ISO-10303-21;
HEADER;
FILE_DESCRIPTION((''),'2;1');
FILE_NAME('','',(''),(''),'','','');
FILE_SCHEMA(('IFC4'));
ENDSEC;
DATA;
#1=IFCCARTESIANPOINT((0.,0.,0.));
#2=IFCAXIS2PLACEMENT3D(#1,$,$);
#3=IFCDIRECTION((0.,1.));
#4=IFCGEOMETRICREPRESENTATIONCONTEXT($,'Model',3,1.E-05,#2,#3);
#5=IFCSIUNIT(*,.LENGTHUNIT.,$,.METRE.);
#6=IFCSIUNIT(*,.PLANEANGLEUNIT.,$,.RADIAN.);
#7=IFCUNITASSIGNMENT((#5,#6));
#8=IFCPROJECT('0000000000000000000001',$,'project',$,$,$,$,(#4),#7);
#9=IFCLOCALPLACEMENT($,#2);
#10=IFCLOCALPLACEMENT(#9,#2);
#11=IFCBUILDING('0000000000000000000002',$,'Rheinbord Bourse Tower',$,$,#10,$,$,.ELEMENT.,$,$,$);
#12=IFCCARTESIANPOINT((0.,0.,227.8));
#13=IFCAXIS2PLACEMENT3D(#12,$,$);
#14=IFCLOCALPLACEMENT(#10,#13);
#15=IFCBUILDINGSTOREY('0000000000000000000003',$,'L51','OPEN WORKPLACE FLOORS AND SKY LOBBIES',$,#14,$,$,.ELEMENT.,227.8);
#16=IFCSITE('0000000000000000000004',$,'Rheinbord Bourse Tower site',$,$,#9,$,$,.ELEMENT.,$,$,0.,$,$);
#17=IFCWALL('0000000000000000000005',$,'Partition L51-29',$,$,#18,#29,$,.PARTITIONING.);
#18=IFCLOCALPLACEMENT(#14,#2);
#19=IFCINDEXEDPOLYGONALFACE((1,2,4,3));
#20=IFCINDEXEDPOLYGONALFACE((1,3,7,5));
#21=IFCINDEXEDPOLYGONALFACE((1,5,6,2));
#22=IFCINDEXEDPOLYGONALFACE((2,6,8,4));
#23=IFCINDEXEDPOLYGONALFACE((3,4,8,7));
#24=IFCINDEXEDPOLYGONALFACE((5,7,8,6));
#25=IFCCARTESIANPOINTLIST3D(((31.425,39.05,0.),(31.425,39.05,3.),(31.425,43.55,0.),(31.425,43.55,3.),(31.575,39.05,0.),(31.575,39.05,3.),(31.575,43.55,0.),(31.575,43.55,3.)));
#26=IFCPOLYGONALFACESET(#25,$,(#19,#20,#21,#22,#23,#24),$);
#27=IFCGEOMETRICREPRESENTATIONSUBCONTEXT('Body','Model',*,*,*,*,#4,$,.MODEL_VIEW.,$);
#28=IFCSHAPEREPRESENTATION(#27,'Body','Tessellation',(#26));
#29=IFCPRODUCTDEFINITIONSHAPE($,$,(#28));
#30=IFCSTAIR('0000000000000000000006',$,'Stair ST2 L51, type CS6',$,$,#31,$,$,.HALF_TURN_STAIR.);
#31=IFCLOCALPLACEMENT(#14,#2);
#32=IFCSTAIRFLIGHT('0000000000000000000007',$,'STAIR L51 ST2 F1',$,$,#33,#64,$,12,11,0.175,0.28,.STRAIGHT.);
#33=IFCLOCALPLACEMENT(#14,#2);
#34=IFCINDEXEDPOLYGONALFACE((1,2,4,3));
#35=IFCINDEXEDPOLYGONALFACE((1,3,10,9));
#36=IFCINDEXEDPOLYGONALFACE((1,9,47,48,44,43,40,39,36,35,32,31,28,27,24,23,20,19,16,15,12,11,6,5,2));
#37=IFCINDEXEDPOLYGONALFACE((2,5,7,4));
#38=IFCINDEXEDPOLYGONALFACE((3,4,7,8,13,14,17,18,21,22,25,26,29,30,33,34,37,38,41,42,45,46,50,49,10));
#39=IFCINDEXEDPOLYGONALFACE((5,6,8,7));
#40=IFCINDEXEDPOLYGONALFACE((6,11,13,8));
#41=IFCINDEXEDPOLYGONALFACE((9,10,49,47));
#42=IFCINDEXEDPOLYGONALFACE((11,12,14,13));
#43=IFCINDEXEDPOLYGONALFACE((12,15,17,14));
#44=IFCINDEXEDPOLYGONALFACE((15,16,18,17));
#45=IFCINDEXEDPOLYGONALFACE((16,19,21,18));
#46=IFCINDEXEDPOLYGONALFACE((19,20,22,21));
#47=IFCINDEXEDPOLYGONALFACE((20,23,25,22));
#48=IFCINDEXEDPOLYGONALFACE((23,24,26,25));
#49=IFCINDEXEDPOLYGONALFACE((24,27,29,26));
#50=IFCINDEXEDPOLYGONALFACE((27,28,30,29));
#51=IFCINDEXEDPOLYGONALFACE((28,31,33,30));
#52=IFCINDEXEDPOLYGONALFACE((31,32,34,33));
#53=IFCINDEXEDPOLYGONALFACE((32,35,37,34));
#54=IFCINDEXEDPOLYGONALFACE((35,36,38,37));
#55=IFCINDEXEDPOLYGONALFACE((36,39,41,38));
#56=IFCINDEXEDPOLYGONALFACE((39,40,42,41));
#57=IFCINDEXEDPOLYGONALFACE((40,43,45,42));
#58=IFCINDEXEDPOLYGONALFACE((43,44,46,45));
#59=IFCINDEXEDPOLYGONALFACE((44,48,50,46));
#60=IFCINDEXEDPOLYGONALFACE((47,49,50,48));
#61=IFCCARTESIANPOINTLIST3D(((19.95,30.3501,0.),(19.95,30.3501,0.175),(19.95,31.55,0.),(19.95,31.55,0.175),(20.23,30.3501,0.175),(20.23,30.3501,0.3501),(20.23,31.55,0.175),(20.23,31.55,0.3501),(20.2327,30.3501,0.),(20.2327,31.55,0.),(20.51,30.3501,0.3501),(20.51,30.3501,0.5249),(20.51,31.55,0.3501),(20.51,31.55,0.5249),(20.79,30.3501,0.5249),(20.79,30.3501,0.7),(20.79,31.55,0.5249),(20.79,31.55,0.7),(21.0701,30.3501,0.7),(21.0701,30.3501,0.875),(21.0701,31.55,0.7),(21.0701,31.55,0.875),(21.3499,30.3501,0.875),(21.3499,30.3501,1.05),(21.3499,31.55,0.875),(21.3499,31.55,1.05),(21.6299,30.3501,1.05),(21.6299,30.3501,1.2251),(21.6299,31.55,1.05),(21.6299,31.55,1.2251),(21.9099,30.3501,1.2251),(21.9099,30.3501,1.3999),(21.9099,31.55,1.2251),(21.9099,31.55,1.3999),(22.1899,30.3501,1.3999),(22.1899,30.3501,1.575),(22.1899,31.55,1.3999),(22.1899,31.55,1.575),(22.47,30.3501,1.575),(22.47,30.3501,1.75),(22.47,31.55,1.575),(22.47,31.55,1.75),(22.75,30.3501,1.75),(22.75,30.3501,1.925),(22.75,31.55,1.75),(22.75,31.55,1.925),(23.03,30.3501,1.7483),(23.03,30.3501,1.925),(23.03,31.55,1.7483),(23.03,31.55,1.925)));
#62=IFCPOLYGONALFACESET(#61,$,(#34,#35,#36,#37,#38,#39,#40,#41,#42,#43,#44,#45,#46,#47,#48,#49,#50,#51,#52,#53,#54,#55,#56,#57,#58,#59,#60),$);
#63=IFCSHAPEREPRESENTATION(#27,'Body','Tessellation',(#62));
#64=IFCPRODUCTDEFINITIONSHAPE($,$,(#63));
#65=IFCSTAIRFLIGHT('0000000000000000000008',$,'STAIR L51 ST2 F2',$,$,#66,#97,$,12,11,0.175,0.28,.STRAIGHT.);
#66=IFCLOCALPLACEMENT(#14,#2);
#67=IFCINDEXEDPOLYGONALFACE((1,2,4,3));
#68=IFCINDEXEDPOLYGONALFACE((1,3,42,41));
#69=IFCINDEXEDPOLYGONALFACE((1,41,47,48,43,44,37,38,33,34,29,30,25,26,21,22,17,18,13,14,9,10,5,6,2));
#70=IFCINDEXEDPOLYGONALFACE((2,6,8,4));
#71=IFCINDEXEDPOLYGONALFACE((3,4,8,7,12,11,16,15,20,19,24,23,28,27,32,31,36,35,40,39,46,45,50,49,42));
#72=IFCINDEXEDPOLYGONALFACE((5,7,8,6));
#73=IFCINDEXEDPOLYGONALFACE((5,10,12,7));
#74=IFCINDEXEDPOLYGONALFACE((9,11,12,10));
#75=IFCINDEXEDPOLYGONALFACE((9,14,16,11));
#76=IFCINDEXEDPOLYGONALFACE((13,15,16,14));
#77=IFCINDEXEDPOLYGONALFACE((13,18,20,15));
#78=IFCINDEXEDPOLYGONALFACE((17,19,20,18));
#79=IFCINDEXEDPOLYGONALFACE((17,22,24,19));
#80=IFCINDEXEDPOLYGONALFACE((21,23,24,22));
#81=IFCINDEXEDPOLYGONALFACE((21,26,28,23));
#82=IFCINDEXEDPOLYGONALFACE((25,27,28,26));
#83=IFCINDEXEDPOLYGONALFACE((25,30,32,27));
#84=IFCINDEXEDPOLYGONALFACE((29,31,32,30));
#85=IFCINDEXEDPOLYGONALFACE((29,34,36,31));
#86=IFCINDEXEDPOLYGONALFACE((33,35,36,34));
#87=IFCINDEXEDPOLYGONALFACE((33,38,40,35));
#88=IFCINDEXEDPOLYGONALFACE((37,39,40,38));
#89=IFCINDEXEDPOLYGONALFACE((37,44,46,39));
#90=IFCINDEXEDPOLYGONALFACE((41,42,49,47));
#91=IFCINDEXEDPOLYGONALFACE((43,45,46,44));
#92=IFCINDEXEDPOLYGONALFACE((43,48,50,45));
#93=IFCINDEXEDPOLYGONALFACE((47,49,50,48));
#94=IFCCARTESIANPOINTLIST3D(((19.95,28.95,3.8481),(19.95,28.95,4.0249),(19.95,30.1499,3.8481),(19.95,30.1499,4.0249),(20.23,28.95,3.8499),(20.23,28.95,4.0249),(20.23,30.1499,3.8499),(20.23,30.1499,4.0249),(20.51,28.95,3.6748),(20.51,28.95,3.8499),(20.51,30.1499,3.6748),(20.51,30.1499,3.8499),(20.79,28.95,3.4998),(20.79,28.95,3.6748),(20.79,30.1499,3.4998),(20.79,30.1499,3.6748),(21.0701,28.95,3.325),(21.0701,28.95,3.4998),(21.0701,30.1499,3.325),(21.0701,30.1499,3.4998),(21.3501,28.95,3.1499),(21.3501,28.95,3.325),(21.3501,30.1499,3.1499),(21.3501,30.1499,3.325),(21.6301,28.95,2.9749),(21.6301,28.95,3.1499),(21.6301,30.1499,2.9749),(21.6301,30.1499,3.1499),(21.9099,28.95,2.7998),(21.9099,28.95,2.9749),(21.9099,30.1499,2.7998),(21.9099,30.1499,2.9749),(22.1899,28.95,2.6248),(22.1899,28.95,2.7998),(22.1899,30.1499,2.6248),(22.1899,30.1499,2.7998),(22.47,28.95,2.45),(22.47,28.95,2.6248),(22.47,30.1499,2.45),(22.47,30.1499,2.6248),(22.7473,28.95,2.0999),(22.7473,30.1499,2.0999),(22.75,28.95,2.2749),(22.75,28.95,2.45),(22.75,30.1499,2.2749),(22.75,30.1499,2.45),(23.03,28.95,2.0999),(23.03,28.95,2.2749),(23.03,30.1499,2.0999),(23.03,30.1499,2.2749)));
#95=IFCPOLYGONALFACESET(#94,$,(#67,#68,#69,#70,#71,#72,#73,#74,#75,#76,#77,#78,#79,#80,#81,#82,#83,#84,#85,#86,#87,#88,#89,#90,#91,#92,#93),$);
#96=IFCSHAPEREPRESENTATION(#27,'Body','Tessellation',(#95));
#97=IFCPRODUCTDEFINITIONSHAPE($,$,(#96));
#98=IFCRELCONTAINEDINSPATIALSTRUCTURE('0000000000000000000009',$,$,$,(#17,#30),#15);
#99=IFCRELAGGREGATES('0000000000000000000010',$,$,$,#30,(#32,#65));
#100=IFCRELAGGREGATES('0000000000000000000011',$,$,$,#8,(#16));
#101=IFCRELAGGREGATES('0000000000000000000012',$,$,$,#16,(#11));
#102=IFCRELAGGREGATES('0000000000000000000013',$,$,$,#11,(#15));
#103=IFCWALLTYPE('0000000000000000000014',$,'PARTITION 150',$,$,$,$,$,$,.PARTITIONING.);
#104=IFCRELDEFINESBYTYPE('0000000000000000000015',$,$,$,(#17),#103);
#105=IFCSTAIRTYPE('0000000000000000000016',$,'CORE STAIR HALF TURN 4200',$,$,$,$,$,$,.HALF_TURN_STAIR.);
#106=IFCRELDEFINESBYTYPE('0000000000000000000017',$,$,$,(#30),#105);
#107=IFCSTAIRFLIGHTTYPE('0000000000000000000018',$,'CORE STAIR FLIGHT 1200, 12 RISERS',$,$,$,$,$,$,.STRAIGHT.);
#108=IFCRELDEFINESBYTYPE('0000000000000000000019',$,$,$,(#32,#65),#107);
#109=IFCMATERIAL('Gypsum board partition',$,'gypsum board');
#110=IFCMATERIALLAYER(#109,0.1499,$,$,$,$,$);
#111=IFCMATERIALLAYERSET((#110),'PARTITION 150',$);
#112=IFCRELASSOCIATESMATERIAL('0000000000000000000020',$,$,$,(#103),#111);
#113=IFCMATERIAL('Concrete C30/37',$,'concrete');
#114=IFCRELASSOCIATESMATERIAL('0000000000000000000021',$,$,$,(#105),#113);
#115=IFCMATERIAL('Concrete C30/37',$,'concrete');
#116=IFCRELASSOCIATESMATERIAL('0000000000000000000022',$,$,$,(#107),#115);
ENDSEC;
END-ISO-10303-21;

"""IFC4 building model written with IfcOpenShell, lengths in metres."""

from ifc_helpers import new_model, si_unit, direction, frame, frame_2d, origin, place, context, subcontext, project, spatial, polyline, rectangle, outline, extrude, material, layer, layer_set, type_object, element, aggregate, save


model = new_model("IFC4")

# Units and contexts
model_context = context("Model", 3, precision=1e-05, world=origin(), true_north=direction((0.0, 1.0)))
body_context = subcontext(model_context, "Body", "Model", "MODEL_VIEW")
ifc_project = project(units=[si_unit("LENGTHUNIT", "METRE"), si_unit("PLANEANGLEUNIT", "RADIAN")], contexts=[model_context])

# Site, building, storey
site_placement = place(None, origin())
site = spatial("IfcSite", under=ifc_project, at=site_placement, Name="Rheinbord Bourse Tower site", CompositionType="ELEMENT", RefElevation=0.0)
building_placement = place(site_placement, origin())
building = spatial("IfcBuilding", under=site, at=building_placement, Name="Rheinbord Bourse Tower", CompositionType="ELEMENT")
storey_placement = place(building_placement, frame((0.0, 0.0, 227.8)))
storey = spatial("IfcBuildingStorey", under=building, at=storey_placement, Name="L51", Description="OPEN WORKPLACE FLOORS AND SKY LOBBIES", CompositionType="ELEMENT", Elevation=227.8)

# Wall
ifc_material_1 = material(Name="Gypsum board partition", Category="gypsum board")
ifc_layer_1 = layer(ifc_material_1, 0.1499)
ifc_layer_set_1 = layer_set([ifc_layer_1], Name="PARTITION 150")
wall_type_1 = type_object("IfcWallType", Name="PARTITION 150", PredefinedType="PARTITIONING", material=ifc_layer_set_1)
for number, where, z_axis, x_axis, name in (
    (1, (31.5, 39.05, 0.0), (0.0, 0.0, 1.0), (0.0, 1.0, 0.0), "Partition L51-29"),
):
    element("IfcWall", number, at=place(storey_placement, frame(where, z_axis=z_axis, x_axis=x_axis)), inside=storey, type_object=wall_type_1, Name=name, PredefinedType="PARTITIONING", context=body_context, shape_type="SweptSolid", body=[
        extrude(rectangle(XDim=4.5, YDim=0.1499, at=frame_2d((2.25, 0.0))), origin(), (0.0, 0.0, 1.0), 3.0),
    ])

# Stair, stair flights
ifc_material_2 = material(Name="Concrete C30/37", Category="concrete")
stair_type = type_object("IfcStairType", Name="CORE STAIR HALF TURN 4200", PredefinedType="HALF_TURN_STAIR", material=ifc_material_2)
stair_placement = place(storey_placement, origin())
stair = element("IfcStair", 2, at=stair_placement, inside=storey, type_object=stair_type, Name="Stair ST2 L51, type CS6", PredefinedType="HALF_TURN_STAIR")
ifc_material_3 = material(Name="Concrete C30/37", Category="concrete")
stair_flight_type = type_object("IfcStairFlightType", Name="CORE STAIR FLIGHT 1200, 12 RISERS", PredefinedType="STRAIGHT", material=ifc_material_3)
stair_flight_1_placement = place(storey_placement, frame((19.95, 30.95, 0.0), z_axis=(0.0, 0.0, 1.0), x_axis=(1.0, 0.0, 0.0)))
stair_flight_1 = element("IfcStairFlight", 3, at=stair_flight_1_placement, type_object=stair_flight_type, Name="STAIR L51 ST2 F1", NumberOfRisers=12, NumberOfTreads=11, PredefinedType="STRAIGHT", RiserHeight=0.175, TreadLength=0.28, context=body_context, shape_type="SweptSolid", body=[
    extrude(outline(polyline([(0.0, 0.0), (0.0, 0.175), (0.28, 0.175), (0.28, 0.3501), (0.5601, 0.3501), (0.5601, 0.5249), (0.8401, 0.5249), (0.8401, 0.7), (1.1201, 0.7), (1.1201, 0.875), (1.3999, 0.875), (1.3999, 1.05), (1.6799, 1.05), (1.6799, 1.2251), (1.96, 1.2251), (1.96, 1.3999), (2.24, 1.3999), (2.24, 1.575), (2.52, 1.575), (2.52, 1.75), (2.8, 1.75), (2.8, 1.925), (3.0801, 1.925), (3.0801, 2.1001), (3.0801, 1.7483), (0.2827, 0.0), (0.0, 0.0)])), frame((0.0, 0.6001, 0.0), z_axis=(0.0, -1.0, 0.0), x_axis=(1.0, 0.0, 0.0)), (0.0, 0.0, 1.0), 1.2),
])
stair_flight_2_placement = place(storey_placement, frame((23.03, 29.55, 2.0999), z_axis=(0.0, 0.0, 1.0), x_axis=(-1.0, 0.0, 0.0)))
stair_flight_2 = element("IfcStairFlight", 4, at=stair_flight_2_placement, type_object=stair_flight_type, Name="STAIR L51 ST2 F2", NumberOfRisers=12, NumberOfTreads=11, PredefinedType="STRAIGHT", RiserHeight=0.175, TreadLength=0.28, context=body_context, shape_type="SweptSolid", body=[
    extrude(outline(polyline([(0.0, 0.0), (0.0, 0.175), (0.28, 0.175), (0.28, 0.3501), (0.5601, 0.3501), (0.5601, 0.5249), (0.8401, 0.5249), (0.8401, 0.7), (1.1201, 0.7), (1.1201, 0.875), (1.3999, 0.875), (1.3999, 1.05), (1.6799, 1.05), (1.6799, 1.2251), (1.96, 1.2251), (1.96, 1.3999), (2.24, 1.3999), (2.24, 1.575), (2.52, 1.575), (2.52, 1.75), (2.8, 1.75), (2.8, 1.925), (3.0801, 1.925), (3.0801, 2.1001), (3.0801, 1.7483), (0.2827, 0.0), (0.0, 0.0)])), frame((0.0, 0.6001, 0.0), z_axis=(0.0, -1.0, 0.0), x_axis=(1.0, 0.0, 0.0)), (0.0, 0.0, 1.0), 1.2),
])
aggregate(stair, [stair_flight_1, stair_flight_2])

save(model, "model.ifc")
